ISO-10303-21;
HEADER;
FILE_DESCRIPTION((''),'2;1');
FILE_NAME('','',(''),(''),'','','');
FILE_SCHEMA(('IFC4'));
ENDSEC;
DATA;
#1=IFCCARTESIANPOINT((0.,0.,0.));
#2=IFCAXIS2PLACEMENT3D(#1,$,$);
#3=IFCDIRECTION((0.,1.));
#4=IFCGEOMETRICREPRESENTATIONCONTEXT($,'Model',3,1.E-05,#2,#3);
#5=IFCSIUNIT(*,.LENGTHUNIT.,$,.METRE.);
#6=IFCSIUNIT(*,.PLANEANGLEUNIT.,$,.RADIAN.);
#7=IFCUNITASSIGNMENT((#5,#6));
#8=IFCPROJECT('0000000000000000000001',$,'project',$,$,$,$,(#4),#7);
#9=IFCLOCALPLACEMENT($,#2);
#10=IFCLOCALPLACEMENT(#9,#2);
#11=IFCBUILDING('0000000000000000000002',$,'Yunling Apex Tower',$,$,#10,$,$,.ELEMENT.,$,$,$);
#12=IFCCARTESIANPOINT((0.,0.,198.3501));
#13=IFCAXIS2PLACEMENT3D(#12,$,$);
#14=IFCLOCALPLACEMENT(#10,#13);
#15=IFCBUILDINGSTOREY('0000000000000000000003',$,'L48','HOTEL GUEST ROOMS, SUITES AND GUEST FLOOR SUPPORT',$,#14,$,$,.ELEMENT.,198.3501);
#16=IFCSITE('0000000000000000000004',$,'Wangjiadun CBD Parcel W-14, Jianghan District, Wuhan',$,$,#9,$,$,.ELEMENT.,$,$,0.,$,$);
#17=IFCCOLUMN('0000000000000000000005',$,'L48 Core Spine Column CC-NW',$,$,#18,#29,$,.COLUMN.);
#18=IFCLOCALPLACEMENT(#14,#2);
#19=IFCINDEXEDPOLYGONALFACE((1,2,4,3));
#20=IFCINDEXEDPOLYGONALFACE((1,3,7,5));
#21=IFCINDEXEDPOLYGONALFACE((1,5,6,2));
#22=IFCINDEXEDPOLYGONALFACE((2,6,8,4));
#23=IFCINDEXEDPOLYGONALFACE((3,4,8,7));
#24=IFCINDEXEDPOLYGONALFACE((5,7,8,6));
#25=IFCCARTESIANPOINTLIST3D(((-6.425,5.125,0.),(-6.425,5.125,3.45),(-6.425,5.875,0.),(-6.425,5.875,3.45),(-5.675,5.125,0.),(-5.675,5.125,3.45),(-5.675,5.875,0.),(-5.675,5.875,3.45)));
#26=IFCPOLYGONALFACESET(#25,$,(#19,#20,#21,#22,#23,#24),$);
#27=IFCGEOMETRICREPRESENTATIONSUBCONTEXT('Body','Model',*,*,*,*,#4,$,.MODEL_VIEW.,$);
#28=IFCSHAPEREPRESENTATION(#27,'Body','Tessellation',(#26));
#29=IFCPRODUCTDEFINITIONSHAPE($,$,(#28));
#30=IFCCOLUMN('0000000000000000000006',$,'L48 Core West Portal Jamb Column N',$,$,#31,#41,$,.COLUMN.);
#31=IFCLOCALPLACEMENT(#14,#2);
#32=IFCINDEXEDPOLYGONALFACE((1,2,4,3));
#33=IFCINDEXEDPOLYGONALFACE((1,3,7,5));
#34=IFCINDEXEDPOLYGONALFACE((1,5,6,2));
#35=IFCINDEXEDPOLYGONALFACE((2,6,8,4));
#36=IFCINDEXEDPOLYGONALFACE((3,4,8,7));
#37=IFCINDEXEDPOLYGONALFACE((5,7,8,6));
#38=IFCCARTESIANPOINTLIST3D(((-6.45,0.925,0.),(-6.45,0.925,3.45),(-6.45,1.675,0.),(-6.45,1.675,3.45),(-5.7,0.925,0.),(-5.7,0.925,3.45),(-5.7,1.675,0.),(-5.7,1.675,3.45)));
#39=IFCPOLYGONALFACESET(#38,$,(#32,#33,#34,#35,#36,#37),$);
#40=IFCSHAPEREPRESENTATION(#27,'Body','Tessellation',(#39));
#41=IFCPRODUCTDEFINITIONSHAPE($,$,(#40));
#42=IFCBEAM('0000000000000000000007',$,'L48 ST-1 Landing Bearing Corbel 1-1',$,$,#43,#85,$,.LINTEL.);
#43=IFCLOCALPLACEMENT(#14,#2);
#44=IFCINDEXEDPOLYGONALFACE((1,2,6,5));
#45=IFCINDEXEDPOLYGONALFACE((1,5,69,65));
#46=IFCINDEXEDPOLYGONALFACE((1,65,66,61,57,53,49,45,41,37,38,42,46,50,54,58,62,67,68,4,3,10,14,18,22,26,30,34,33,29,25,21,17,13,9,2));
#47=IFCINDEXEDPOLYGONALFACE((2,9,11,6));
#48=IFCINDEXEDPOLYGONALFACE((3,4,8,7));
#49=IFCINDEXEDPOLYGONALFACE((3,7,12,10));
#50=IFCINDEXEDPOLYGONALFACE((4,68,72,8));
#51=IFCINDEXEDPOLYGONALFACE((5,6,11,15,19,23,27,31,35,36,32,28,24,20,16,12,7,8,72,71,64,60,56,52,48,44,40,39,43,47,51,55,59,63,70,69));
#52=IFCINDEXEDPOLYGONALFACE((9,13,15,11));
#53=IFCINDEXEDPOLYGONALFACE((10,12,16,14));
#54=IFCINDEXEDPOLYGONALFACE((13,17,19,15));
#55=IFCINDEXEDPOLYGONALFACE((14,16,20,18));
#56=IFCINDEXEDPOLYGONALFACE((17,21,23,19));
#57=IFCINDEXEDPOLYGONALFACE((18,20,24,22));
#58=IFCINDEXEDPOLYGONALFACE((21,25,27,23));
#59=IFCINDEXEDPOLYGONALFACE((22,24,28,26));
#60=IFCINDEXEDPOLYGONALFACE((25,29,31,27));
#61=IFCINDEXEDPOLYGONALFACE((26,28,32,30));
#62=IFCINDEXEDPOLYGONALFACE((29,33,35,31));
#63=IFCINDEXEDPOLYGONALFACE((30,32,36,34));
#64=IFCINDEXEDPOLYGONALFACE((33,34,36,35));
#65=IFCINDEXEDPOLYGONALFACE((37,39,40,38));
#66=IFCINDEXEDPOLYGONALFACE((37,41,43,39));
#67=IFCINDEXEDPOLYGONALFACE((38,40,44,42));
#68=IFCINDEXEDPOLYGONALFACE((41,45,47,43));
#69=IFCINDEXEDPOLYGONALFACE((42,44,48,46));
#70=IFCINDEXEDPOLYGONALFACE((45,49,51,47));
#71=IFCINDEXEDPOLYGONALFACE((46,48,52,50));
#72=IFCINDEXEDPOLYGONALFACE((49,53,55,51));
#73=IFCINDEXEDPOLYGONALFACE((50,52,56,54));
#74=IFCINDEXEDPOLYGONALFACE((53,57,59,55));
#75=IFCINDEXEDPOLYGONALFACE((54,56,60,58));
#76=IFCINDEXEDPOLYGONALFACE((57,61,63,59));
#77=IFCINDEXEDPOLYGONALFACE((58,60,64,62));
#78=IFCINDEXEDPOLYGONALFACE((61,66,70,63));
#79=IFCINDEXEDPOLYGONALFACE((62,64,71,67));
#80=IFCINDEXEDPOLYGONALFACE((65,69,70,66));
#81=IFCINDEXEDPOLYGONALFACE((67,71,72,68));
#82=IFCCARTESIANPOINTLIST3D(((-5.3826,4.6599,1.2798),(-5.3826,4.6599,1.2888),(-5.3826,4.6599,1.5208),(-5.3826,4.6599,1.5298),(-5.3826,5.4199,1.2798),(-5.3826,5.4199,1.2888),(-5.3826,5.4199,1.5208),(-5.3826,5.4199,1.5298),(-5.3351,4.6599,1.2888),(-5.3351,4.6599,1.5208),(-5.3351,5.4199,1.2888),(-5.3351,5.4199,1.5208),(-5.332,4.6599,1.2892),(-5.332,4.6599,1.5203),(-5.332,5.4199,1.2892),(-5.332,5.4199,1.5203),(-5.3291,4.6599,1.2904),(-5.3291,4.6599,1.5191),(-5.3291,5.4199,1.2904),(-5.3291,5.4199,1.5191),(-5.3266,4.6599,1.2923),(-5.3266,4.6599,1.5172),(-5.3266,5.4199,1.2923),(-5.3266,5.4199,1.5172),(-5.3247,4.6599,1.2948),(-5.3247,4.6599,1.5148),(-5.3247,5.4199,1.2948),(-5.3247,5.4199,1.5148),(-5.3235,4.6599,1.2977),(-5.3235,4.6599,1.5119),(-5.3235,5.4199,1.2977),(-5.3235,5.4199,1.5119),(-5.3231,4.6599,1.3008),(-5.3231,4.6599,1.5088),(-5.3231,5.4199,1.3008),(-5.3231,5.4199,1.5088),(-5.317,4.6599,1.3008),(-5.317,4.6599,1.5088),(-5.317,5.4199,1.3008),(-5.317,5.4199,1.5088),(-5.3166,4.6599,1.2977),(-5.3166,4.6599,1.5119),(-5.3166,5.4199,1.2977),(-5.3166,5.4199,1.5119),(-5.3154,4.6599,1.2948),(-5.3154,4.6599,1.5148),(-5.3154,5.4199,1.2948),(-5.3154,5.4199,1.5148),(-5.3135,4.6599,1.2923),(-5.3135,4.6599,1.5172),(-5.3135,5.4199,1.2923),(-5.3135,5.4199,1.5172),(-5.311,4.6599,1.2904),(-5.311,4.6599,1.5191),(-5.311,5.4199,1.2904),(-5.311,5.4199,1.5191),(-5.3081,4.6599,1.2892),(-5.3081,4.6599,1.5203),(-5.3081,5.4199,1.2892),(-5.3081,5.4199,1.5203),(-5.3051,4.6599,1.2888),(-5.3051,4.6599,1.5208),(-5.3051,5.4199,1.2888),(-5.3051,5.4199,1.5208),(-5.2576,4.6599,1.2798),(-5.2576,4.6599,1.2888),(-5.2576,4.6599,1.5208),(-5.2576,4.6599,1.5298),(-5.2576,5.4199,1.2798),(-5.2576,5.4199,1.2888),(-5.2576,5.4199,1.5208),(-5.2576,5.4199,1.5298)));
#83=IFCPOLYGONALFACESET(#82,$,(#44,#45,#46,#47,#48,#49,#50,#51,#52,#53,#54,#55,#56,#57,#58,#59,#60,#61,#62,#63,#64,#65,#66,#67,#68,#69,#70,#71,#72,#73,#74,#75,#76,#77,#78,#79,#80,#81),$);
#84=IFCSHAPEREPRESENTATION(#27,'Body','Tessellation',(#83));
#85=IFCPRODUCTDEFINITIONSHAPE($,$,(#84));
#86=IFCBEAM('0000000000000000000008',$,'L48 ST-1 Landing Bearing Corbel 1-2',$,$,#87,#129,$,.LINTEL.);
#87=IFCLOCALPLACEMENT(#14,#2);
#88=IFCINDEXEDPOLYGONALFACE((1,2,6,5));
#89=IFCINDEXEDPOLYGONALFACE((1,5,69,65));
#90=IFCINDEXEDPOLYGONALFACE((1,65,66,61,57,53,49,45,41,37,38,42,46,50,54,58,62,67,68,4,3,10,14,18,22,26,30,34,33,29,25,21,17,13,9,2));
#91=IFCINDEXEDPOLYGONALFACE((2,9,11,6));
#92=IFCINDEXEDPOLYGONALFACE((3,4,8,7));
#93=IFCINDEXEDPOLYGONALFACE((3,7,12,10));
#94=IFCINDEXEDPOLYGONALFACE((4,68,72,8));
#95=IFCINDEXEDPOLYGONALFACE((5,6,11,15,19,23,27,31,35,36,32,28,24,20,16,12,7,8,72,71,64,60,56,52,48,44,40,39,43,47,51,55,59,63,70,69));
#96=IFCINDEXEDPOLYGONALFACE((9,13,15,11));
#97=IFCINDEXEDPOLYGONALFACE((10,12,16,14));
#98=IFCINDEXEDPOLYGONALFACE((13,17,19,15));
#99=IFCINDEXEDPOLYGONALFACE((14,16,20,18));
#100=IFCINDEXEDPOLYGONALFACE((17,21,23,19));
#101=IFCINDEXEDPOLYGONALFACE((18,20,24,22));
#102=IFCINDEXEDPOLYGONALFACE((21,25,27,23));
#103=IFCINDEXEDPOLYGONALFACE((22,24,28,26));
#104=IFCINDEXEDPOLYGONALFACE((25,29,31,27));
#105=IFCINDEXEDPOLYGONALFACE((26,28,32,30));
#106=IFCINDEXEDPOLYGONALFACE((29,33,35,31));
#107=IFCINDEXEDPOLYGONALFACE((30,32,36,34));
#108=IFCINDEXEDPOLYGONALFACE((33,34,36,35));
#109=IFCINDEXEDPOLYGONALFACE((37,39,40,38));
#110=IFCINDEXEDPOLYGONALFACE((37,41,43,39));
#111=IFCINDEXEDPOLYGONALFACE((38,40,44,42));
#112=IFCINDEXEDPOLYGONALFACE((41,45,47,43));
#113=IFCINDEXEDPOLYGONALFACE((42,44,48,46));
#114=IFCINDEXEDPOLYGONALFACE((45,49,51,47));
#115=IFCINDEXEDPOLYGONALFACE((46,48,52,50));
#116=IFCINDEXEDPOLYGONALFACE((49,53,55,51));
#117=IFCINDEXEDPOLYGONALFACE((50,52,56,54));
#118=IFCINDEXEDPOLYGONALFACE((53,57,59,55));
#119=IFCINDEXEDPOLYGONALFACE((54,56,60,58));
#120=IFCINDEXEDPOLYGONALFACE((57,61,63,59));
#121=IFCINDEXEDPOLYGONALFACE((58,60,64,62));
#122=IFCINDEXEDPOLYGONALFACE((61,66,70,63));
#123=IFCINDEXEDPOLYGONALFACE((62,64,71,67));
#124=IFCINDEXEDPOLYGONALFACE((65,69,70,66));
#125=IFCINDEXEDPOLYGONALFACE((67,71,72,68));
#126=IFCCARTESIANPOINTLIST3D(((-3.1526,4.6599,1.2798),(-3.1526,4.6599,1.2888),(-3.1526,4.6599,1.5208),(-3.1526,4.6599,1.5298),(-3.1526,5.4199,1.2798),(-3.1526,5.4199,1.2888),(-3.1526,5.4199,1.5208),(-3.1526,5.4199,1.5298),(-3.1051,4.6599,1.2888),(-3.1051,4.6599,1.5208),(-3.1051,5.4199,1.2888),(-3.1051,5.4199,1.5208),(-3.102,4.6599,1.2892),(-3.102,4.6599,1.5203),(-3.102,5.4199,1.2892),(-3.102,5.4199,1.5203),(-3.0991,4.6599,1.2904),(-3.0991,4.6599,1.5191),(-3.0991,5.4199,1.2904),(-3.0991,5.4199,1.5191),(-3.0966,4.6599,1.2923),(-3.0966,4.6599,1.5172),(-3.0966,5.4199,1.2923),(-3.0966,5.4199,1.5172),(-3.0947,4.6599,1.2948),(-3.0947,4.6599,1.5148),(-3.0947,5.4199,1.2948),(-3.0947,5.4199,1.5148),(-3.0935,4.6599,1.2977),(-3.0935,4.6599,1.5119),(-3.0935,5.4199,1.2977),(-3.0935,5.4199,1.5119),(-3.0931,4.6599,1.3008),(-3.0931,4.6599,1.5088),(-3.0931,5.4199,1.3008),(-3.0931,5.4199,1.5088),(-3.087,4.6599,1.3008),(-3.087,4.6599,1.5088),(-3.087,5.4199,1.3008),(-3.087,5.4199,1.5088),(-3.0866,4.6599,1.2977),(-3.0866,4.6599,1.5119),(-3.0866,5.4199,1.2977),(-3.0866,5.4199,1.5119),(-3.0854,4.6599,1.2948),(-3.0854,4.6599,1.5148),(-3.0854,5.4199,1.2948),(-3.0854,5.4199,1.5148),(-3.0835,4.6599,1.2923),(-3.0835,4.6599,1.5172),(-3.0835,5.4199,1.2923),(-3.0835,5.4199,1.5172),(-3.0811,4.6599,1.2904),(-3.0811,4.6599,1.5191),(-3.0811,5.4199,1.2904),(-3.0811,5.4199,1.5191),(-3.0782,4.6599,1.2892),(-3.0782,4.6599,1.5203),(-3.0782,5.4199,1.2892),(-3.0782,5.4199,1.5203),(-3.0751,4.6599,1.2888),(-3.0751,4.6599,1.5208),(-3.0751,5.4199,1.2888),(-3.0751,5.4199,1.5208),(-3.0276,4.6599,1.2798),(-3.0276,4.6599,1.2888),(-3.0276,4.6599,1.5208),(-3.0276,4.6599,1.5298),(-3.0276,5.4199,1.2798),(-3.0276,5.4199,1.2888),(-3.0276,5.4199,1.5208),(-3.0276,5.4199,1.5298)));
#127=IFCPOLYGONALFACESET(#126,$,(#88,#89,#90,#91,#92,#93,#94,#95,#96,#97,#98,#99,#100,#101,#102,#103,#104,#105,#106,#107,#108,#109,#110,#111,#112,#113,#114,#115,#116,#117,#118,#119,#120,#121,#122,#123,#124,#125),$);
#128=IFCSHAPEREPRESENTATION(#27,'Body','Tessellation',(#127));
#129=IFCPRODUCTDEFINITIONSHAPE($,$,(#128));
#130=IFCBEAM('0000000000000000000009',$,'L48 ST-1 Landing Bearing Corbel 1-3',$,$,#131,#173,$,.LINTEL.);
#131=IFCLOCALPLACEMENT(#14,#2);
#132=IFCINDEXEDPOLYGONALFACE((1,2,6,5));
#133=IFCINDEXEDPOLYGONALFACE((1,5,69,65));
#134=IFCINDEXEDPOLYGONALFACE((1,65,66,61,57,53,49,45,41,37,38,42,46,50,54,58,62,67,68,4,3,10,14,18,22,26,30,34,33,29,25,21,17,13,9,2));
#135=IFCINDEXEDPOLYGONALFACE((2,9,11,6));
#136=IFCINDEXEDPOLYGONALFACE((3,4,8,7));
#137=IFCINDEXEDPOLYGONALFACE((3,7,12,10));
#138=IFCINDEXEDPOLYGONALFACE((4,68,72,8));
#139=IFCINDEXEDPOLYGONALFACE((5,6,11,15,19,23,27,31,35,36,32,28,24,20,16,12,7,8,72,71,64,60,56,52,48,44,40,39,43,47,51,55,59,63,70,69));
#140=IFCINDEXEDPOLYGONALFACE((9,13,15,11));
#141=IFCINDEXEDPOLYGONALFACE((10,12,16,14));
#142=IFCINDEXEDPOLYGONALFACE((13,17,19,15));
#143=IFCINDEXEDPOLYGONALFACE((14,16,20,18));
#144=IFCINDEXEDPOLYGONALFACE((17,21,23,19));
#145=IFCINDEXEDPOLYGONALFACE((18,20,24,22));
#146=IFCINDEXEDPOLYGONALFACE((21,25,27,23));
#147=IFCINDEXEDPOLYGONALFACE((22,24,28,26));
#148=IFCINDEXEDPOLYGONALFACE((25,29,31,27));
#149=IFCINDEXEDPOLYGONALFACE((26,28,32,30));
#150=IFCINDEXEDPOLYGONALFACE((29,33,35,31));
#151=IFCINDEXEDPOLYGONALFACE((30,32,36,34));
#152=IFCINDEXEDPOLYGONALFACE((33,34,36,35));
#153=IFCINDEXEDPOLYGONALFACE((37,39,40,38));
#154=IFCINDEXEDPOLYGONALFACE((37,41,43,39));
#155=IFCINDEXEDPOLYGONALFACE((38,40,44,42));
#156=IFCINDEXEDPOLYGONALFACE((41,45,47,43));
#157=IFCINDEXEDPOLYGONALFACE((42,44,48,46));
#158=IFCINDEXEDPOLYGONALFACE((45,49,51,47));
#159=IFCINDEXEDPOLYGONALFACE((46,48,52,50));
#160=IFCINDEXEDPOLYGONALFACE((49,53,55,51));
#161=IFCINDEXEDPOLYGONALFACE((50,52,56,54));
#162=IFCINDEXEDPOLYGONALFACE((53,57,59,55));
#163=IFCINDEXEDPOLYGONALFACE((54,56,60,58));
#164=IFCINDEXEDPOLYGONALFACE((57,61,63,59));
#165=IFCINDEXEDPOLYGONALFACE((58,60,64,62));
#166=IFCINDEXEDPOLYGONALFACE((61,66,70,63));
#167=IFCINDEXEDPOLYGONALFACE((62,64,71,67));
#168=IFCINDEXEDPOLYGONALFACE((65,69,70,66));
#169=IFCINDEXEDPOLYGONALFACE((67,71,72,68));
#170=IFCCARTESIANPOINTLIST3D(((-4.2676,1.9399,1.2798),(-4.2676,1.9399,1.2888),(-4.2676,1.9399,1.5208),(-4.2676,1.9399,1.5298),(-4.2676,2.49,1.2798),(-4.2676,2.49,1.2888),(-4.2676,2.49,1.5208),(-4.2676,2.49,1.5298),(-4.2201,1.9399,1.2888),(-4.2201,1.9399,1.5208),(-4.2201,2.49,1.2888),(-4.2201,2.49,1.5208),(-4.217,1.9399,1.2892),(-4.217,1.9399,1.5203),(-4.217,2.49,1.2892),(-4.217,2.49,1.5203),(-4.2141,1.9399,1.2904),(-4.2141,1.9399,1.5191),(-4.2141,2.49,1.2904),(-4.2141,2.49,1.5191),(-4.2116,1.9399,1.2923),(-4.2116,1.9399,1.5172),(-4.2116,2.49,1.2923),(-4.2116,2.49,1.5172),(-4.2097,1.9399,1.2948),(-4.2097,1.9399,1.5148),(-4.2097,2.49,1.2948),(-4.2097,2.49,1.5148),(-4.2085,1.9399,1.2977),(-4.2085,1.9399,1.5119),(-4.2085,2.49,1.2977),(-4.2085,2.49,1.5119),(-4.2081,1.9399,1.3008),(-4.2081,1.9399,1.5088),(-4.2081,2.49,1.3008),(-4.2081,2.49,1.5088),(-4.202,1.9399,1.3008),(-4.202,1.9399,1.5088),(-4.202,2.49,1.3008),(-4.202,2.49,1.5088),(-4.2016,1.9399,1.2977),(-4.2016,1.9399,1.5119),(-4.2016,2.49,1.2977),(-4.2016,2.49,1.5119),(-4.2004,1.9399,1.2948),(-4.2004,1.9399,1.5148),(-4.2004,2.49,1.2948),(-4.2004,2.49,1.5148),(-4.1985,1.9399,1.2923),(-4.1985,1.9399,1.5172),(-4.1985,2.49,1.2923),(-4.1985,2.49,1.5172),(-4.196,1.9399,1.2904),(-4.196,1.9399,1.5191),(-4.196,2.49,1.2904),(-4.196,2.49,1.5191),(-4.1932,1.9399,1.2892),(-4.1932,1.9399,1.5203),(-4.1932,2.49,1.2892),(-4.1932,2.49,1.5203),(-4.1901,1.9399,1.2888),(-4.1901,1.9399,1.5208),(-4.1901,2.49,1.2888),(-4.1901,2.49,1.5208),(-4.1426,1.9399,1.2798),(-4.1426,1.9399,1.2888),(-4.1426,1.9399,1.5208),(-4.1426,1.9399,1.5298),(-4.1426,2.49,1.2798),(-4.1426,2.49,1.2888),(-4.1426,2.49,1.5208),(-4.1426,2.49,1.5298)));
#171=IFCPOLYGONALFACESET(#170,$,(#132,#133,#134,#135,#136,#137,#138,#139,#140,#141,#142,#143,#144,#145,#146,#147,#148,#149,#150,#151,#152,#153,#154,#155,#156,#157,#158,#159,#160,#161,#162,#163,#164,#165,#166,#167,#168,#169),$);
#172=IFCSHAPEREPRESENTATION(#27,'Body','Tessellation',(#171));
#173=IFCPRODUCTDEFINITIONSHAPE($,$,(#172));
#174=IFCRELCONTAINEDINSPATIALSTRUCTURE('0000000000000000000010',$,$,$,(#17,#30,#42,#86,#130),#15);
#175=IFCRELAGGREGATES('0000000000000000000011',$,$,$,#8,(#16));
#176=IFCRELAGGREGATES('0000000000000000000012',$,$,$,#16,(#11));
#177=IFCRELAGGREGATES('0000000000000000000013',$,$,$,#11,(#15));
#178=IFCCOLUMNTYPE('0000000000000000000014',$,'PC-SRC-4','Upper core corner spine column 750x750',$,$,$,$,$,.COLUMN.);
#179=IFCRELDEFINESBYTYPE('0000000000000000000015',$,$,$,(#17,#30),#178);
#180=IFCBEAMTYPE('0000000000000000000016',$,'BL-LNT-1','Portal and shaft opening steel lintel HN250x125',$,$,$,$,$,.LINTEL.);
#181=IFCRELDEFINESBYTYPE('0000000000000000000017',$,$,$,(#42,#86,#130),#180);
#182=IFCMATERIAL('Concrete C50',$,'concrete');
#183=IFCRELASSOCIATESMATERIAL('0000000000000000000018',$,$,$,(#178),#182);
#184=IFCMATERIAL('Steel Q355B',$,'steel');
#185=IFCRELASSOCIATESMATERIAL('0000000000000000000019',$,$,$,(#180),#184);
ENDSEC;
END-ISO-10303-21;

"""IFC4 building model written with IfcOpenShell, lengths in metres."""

from ifc_helpers import new_model, si_unit, direction, frame, origin, origin_2d, place, context, subcontext, project, spatial, rectangle, i_section, extrude, source, transform, mapped, material, material_profile, profile_set, type_object, element, save


model = new_model("IFC4")

# Units and contexts
model_context = context("Model", 3, precision=1e-05, world=origin(), true_north=direction((0.0, 1.0)))
body_context = subcontext(model_context, "Body", "Model", "MODEL_VIEW")
ifc_project = project(units=[si_unit("LENGTHUNIT", "METRE"), si_unit("PLANEANGLEUNIT", "RADIAN")], contexts=[model_context])

# Site, building, storey
site_placement = place(None, origin())
site = spatial("IfcSite", under=ifc_project, at=site_placement, Name="Wangjiadun CBD Parcel W-14, Jianghan District, Wuhan", CompositionType="ELEMENT", RefElevation=0.0)
building_placement = place(site_placement, origin())
building = spatial("IfcBuilding", under=site, at=building_placement, Name="Yunling Apex Tower", CompositionType="ELEMENT")
storey_placement = place(building_placement, frame((0.0, 0.0, 198.3501)))
storey = spatial("IfcBuildingStorey", under=building, at=storey_placement, Name="L48", Description="HOTEL GUEST ROOMS, SUITES AND GUEST FLOOR SUPPORT", CompositionType="ELEMENT", Elevation=198.3501)

# Columns
ifc_material_1 = material(Name="Concrete C50", Category="concrete")
ifc_material_profile_1 = material_profile(ifc_material_1, rectangle(XDim=0.75, YDim=0.75, at=origin_2d()))
ifc_profile_set_1 = profile_set([ifc_material_profile_1], Name="Concrete C50")
column_type = type_object("IfcColumnType", Name="PC-SRC-4", Description="Upper core corner spine column 750x750", PredefinedType="COLUMN", material=ifc_profile_set_1)
shared_shape_1 = source(origin(), body_context, "Body", "SweptSolid", [
    extrude(rectangle(XDim=0.75, YDim=0.75, at=origin_2d()), origin(), (0.0, 0.0, 1.0), 3.45),
])
for number, where, z_axis, x_axis, name in (
    (1, (-6.05, 5.5, 0.0), (0.0, 0.0, 1.0), (1.0, 0.0, 0.0), "L48 Core Spine Column CC-NW"),
    (2, (-6.075, 1.3, 0.0), (0.0, 0.0, 1.0), (1.0, 0.0, 0.0), "L48 Core West Portal Jamb Column N"),
):
    element("IfcColumn", number, at=place(storey_placement, frame(where, z_axis=z_axis, x_axis=x_axis)), inside=storey, type_object=column_type, Name=name, PredefinedType="COLUMN", context=body_context, shape_type="MappedRepresentation", body=[
        mapped(shared_shape_1, transform((0.0, 0.0, 0.0), scale=1.0)),
    ])

# Beams
ifc_material_2 = material(Name="Steel Q355B", Category="steel")
ifc_material_profile_2 = material_profile(ifc_material_2, i_section(OverallWidth=0.125, OverallDepth=0.25, WebThickness=0.0061, FlangeThickness=0.009, FilletRadius=0.012, at=origin_2d()))
ifc_profile_set_2 = profile_set([ifc_material_profile_2], Name="Steel Q355B")
beam_type = type_object("IfcBeamType", Name="BL-LNT-1", Description="Portal and shaft opening steel lintel HN250x125", PredefinedType="LINTEL", material=ifc_profile_set_2)
shared_shape_2 = source(origin(), body_context, "Body", "SweptSolid", [
    extrude(i_section(OverallWidth=0.125, OverallDepth=0.25, WebThickness=0.0061, FlangeThickness=0.009, FilletRadius=0.012, at=origin_2d()), origin(), (0.0, 0.0, 1.0), 0.76),
])
for number, where, z_axis, x_axis, name in (
    (3, (-5.3201, 5.4199, 1.4048), (0.0, -1.0, 0.0), (1.0, 0.0, 0.0), "L48 ST-1 Landing Bearing Corbel 1-1"),
    (4, (-3.0901, 5.4199, 1.4048), (0.0, -1.0, 0.0), (1.0, 0.0, 0.0), "L48 ST-1 Landing Bearing Corbel 1-2"),
):
    element("IfcBeam", number, at=place(storey_placement, frame(where, z_axis=z_axis, x_axis=x_axis)), inside=storey, type_object=beam_type, Name=name, PredefinedType="LINTEL", context=body_context, shape_type="MappedRepresentation", body=[
        mapped(shared_shape_2, transform((0.0, 0.0, 0.0), scale=1.0)),
    ])
shared_shape_3 = source(origin(), body_context, "Body", "SweptSolid", [
    extrude(i_section(OverallWidth=0.125, OverallDepth=0.25, WebThickness=0.0061, FlangeThickness=0.009, FilletRadius=0.012, at=origin_2d()), origin(), (0.0, 0.0, 1.0), 0.55),
])
beam_placement = place(storey_placement, frame((-4.2051, 1.9399, 1.4048), z_axis=(0.0, 1.0, 0.0), x_axis=(-1.0, 0.0, 0.0)))
element("IfcBeam", 5, at=beam_placement, inside=storey, type_object=beam_type, Name="L48 ST-1 Landing Bearing Corbel 1-3", PredefinedType="LINTEL", context=body_context, shape_type="MappedRepresentation", body=[
    mapped(shared_shape_3, transform((0.0, 0.0, 0.0), scale=1.0)),
])

save(model, "model.ifc")
